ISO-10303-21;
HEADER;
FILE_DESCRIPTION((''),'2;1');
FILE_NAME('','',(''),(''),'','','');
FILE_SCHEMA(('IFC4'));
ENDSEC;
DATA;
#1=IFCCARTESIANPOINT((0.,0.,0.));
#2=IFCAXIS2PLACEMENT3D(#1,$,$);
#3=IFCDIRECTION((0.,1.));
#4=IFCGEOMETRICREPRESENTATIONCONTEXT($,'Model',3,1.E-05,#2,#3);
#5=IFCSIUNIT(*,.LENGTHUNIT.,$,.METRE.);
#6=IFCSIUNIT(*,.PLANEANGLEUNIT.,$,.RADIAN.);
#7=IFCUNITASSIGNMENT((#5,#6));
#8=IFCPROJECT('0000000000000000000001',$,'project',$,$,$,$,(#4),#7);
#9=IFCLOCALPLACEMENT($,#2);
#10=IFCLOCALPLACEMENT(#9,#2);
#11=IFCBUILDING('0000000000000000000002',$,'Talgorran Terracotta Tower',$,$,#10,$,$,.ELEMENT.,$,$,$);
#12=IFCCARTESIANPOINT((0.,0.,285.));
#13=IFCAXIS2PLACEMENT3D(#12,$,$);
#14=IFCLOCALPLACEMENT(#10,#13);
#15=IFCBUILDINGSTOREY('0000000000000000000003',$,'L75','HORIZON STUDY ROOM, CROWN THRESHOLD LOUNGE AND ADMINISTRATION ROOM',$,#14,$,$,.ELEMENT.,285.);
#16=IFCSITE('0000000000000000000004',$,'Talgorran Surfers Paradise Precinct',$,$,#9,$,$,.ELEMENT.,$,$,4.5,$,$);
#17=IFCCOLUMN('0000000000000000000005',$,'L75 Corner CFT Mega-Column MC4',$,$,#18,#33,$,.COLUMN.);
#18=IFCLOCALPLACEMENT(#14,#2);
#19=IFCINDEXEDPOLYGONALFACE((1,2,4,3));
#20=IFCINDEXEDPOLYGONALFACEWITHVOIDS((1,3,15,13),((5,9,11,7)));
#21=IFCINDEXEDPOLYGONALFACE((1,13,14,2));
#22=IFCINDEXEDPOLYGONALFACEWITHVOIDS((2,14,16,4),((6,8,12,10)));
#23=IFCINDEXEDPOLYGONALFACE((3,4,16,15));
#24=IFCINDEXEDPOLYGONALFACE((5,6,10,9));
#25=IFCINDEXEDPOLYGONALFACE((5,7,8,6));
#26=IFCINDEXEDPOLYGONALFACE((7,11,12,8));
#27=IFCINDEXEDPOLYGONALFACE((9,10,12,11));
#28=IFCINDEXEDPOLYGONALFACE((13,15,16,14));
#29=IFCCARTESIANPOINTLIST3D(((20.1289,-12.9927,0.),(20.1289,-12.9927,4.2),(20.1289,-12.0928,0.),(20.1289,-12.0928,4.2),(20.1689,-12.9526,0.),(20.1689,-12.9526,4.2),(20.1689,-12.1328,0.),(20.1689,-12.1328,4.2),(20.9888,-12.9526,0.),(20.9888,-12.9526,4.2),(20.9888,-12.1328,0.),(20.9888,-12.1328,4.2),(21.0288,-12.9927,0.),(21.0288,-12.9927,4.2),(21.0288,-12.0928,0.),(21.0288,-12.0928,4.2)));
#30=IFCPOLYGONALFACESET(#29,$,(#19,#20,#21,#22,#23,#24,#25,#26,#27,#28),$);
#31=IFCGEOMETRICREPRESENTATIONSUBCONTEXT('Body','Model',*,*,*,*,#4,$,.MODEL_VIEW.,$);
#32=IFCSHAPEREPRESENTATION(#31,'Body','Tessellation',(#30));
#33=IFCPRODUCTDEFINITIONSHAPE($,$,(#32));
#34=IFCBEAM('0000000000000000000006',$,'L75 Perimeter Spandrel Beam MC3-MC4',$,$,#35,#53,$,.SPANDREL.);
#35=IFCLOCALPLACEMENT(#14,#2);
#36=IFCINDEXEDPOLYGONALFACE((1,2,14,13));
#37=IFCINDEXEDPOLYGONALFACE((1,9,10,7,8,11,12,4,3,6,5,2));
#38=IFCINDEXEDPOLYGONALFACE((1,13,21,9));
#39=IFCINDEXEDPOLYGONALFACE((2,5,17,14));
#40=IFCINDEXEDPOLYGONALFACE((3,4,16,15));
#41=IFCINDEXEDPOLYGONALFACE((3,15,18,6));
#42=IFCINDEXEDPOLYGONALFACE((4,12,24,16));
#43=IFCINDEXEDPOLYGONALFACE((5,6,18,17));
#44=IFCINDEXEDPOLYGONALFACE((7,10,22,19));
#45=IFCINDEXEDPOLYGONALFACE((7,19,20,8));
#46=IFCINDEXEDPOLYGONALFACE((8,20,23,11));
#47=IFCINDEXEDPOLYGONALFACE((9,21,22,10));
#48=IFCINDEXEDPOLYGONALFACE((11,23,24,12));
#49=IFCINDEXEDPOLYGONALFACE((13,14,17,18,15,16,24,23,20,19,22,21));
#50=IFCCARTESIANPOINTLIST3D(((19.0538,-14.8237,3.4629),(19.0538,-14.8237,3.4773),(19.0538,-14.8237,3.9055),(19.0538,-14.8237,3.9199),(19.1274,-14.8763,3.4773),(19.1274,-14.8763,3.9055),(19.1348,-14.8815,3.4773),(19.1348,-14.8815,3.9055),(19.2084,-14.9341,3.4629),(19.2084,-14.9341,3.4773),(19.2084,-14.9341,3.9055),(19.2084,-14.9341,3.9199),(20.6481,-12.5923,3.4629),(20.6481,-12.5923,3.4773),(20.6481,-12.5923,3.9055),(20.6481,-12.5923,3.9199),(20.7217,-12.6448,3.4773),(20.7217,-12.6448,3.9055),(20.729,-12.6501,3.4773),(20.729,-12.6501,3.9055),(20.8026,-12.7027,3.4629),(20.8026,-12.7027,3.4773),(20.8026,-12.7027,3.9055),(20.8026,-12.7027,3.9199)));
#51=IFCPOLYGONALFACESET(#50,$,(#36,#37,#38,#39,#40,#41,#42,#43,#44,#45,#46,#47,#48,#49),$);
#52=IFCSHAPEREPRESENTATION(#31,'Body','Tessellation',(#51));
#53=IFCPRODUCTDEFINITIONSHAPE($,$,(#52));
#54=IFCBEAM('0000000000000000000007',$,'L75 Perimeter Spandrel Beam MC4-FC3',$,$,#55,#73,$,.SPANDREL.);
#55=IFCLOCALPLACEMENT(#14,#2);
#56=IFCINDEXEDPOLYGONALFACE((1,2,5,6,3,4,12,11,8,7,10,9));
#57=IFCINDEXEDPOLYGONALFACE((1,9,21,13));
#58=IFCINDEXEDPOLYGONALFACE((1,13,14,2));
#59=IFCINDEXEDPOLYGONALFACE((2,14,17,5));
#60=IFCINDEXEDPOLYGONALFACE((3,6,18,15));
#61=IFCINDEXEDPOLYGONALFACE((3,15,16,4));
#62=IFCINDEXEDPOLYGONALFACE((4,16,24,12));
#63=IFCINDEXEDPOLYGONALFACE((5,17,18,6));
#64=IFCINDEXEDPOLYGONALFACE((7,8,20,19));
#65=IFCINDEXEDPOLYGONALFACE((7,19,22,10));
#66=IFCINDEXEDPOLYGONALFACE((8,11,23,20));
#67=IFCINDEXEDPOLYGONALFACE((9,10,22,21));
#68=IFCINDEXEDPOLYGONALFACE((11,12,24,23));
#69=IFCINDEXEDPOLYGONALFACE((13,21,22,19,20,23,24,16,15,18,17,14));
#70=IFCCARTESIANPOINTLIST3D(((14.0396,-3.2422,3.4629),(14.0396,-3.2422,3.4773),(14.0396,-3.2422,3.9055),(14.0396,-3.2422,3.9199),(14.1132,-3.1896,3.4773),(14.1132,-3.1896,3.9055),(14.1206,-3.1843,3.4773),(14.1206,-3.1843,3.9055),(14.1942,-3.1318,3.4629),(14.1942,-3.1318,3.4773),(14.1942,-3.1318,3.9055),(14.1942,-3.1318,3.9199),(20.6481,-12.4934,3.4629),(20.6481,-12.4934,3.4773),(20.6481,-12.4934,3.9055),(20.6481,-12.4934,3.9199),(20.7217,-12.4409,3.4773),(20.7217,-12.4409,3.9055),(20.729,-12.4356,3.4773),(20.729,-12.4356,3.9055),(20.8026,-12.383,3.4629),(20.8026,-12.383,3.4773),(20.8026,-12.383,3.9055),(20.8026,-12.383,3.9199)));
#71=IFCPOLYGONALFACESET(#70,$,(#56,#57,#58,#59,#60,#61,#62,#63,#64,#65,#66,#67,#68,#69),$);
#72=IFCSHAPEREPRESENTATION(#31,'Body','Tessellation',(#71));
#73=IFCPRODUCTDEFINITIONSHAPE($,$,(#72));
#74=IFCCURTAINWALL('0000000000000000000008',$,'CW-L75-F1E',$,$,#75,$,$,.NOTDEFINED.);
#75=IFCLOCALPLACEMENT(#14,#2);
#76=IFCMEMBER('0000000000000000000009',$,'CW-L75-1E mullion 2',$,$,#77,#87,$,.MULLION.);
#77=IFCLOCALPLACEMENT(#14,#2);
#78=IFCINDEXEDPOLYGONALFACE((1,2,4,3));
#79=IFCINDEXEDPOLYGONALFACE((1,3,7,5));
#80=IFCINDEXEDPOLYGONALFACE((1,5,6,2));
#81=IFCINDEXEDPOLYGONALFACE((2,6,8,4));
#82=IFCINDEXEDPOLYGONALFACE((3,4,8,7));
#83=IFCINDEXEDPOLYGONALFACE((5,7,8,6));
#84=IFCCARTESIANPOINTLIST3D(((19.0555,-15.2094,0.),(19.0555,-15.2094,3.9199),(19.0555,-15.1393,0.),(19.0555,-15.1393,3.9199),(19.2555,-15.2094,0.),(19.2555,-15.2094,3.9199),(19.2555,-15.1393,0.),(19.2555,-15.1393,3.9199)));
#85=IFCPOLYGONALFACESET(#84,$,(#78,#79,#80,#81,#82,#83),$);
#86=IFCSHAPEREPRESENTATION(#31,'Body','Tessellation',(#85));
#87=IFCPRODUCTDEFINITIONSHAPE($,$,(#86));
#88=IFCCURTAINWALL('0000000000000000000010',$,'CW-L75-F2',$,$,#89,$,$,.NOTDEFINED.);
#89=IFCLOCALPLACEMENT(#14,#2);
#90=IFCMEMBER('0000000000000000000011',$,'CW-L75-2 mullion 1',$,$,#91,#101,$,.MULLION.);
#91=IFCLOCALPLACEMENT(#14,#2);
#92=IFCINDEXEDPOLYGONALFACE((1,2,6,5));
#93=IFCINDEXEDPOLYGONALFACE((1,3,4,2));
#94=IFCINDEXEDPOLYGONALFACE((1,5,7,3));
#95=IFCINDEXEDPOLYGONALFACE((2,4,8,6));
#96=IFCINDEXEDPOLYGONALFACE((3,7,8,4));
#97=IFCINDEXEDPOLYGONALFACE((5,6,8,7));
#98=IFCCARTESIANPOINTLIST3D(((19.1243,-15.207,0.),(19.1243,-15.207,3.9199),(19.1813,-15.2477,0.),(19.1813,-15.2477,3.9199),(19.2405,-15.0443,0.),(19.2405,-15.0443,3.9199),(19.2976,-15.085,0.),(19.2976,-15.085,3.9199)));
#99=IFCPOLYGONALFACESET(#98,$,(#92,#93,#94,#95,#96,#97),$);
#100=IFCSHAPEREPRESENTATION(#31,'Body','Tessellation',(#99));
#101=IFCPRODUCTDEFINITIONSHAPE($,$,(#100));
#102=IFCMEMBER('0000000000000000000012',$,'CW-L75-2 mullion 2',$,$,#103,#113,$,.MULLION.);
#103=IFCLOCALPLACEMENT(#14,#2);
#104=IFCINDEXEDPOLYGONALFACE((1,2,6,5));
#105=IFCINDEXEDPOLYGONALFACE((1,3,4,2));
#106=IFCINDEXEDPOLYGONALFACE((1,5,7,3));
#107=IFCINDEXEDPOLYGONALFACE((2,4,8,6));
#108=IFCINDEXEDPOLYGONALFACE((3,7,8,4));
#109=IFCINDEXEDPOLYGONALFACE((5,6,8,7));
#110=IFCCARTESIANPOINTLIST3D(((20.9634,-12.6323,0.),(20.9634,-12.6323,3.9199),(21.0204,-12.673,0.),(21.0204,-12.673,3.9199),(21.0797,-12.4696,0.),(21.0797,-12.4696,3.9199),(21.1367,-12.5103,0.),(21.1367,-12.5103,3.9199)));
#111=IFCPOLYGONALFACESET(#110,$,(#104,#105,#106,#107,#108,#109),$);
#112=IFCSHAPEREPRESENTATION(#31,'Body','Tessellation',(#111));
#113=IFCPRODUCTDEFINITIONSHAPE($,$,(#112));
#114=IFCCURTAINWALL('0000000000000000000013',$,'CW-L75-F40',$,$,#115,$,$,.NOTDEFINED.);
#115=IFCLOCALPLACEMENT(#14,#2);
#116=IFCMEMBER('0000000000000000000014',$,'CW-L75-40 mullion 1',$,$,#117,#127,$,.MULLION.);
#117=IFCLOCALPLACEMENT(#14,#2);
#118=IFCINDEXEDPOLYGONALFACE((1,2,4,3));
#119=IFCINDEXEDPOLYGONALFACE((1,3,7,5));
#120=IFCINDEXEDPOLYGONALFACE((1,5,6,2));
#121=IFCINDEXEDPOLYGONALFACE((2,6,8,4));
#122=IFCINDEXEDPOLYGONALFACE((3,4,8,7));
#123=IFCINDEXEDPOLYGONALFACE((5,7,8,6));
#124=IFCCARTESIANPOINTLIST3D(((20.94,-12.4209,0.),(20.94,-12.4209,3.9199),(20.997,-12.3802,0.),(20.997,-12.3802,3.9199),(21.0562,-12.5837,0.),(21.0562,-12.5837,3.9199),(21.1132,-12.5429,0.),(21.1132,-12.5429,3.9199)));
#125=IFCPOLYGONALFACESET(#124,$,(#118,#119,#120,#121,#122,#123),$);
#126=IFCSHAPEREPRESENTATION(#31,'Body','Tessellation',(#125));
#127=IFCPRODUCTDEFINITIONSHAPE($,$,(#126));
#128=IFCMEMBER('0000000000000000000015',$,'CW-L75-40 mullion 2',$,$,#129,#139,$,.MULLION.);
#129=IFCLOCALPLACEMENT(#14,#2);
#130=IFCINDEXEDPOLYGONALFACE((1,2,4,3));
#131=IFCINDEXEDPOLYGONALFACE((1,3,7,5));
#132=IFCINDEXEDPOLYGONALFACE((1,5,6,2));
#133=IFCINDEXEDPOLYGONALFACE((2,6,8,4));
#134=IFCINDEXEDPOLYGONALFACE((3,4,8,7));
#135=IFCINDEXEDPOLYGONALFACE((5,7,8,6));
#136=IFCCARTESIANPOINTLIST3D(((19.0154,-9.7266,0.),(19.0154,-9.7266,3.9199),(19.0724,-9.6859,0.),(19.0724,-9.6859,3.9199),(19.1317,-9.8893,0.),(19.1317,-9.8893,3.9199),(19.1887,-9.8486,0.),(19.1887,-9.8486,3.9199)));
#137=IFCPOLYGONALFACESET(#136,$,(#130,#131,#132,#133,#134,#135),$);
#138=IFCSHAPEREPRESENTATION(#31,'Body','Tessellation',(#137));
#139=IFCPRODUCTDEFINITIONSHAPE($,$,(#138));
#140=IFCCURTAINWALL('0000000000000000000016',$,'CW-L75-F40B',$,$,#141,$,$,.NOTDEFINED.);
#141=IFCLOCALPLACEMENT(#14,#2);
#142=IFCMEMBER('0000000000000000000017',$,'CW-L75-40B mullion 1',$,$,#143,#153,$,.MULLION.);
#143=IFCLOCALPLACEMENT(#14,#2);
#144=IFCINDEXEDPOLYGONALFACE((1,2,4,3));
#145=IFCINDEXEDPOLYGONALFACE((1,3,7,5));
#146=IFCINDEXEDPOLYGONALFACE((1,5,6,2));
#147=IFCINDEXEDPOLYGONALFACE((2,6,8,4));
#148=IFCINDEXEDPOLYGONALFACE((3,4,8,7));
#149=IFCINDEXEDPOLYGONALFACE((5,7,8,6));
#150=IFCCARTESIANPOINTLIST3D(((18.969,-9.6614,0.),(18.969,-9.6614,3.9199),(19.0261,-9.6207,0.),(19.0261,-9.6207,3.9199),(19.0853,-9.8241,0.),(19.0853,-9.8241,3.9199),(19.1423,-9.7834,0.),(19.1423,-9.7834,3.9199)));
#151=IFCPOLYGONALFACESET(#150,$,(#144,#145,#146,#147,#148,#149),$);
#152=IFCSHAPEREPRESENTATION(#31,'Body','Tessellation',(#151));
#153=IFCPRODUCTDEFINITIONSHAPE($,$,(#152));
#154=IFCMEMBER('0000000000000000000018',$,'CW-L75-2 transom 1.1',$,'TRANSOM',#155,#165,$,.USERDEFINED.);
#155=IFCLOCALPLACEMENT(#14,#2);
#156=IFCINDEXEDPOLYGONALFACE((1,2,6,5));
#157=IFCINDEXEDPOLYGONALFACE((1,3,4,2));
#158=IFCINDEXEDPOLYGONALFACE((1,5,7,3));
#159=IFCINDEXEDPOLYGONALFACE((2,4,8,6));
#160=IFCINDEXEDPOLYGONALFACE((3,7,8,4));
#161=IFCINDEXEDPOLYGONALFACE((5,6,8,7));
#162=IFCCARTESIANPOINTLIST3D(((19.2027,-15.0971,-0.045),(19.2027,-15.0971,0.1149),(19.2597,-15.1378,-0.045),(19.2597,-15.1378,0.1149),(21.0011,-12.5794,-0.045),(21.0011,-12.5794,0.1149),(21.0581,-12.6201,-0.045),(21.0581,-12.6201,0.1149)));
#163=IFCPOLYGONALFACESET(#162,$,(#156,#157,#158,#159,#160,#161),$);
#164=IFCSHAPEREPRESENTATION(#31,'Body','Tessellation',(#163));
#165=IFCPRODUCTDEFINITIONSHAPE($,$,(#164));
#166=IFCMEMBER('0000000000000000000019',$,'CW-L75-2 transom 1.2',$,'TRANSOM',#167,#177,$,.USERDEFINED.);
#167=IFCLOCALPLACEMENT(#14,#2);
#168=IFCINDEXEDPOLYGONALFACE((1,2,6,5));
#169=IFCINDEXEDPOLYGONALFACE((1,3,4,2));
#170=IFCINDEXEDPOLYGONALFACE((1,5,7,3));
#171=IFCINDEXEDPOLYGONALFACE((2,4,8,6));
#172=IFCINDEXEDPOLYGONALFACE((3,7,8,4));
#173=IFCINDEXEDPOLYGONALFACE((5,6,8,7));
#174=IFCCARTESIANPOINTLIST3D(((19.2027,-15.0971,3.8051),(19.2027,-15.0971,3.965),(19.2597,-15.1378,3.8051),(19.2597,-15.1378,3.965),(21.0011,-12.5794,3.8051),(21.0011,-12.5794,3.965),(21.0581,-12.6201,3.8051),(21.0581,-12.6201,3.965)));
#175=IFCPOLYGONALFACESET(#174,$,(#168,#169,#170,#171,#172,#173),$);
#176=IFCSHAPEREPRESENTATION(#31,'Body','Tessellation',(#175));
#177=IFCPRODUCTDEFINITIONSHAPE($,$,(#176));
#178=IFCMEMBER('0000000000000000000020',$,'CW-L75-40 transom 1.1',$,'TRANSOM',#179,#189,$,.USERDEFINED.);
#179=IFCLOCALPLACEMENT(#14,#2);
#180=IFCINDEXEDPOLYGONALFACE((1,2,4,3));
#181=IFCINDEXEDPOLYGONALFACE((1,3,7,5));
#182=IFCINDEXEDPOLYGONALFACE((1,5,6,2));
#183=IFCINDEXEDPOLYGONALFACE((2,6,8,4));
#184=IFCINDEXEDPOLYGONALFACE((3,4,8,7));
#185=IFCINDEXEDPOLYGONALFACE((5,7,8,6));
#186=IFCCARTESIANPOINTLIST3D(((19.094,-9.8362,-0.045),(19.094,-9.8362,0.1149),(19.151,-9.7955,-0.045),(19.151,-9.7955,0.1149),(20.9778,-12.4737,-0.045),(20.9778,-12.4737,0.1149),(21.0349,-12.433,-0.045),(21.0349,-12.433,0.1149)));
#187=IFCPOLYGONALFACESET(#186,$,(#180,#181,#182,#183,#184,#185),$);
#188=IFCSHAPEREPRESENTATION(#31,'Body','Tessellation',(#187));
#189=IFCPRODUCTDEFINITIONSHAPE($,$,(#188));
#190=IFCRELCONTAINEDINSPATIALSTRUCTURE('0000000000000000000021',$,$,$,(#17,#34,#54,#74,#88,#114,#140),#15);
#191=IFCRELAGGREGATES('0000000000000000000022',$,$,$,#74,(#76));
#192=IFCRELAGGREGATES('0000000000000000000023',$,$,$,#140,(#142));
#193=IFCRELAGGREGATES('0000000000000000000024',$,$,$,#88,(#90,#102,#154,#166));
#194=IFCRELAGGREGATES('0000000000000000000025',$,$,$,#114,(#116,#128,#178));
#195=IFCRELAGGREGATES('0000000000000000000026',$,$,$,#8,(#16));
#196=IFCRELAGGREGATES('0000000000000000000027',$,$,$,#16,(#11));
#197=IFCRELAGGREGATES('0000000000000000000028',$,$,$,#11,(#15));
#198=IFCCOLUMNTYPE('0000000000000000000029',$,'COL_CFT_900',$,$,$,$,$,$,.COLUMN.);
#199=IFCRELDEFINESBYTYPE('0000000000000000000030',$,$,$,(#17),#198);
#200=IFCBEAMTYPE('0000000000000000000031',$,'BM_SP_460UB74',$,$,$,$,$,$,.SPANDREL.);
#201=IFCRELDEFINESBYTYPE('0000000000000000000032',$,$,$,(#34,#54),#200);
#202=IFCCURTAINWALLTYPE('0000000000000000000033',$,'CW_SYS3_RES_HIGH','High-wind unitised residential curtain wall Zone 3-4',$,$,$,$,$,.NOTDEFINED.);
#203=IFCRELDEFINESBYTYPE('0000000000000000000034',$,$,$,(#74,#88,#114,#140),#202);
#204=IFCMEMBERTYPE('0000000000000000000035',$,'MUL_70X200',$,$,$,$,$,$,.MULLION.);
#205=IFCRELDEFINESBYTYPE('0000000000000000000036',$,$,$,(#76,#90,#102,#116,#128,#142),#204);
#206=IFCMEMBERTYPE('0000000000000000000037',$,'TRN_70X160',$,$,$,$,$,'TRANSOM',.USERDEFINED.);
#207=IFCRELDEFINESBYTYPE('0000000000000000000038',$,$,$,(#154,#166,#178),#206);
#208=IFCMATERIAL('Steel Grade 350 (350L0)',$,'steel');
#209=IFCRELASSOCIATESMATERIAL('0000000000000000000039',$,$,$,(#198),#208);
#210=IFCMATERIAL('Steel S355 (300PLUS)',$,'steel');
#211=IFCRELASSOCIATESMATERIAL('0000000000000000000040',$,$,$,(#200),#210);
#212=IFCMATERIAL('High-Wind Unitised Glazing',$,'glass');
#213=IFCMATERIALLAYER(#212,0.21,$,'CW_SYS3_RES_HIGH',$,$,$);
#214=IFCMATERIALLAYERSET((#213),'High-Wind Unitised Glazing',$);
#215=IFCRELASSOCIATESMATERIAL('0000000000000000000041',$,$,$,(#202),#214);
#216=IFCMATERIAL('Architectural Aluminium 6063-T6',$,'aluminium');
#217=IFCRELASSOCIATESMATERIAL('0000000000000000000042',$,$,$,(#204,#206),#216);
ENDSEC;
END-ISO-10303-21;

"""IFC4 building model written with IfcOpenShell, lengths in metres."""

from ifc_helpers import new_model, si_unit, direction, frame, origin, origin_2d, place, context, subcontext, project, spatial, rectangle, hollow_rectangle, i_section, extrude, material, layer, layer_set, material_profile, profile_set, type_object, element, aggregate, save


model = new_model("IFC4")

# Units and contexts
model_context = context("Model", 3, precision=1e-05, world=origin(), true_north=direction((0.0, 1.0)))
body_context = subcontext(model_context, "Body", "Model", "MODEL_VIEW")
ifc_project = project(units=[si_unit("LENGTHUNIT", "METRE"), si_unit("PLANEANGLEUNIT", "RADIAN")], contexts=[model_context])

# Site, building, storey
site_placement = place(None, origin())
site = spatial("IfcSite", under=ifc_project, at=site_placement, Name="Talgorran Surfers Paradise Precinct", CompositionType="ELEMENT", RefElevation=4.5)
building_placement = place(site_placement, origin())
building = spatial("IfcBuilding", under=site, at=building_placement, Name="Talgorran Terracotta Tower", CompositionType="ELEMENT")
storey_placement = place(building_placement, frame((0.0, 0.0, 285.0)))
storey = spatial("IfcBuildingStorey", under=building, at=storey_placement, Name="L75", Description="HORIZON STUDY ROOM, CROWN THRESHOLD LOUNGE AND ADMINISTRATION ROOM", CompositionType="ELEMENT", Elevation=285.0)

# Column
ifc_material_1 = material(Name="Steel Grade 350 (350L0)", Category="steel")
ifc_material_profile_1 = material_profile(ifc_material_1, hollow_rectangle(XDim=0.8999, YDim=0.8999, WallThickness=0.04, at=origin_2d()), Name="CFT900X900X40")
ifc_profile_set_1 = profile_set([ifc_material_profile_1], Name="Steel Grade 350 (350L0)")
column_type = type_object("IfcColumnType", Name="COL_CFT_900", PredefinedType="COLUMN", material=ifc_profile_set_1)
column_placement = place(storey_placement, frame((20.5789, -12.5427, 0.0), z_axis=(0.0, 0.0, 1.0), x_axis=(1.0, 0.0, 0.0)))
element("IfcColumn", 1, at=column_placement, inside=storey, type_object=column_type, Name="L75 Corner CFT Mega-Column MC4", PredefinedType="COLUMN", context=body_context, shape_type="SweptSolid", body=[
    extrude(hollow_rectangle(XDim=0.8999, YDim=0.8999, WallThickness=0.04, at=origin_2d()), origin(), (0.0, 0.0, 1.0), 4.2),
])

# Beams
ifc_material_2 = material(Name="Steel S355 (300PLUS)", Category="steel")
ifc_material_profile_2 = material_profile(ifc_material_2, i_section(OverallWidth=0.1899, OverallDepth=0.457, WebThickness=0.009, FlangeThickness=0.0144, at=origin_2d()), Name="460UB74.6")
ifc_profile_set_2 = profile_set([ifc_material_profile_2], Name="Steel S355 (300PLUS)")
beam_type = type_object("IfcBeamType", Name="BM_SP_460UB74", PredefinedType="SPANDREL", material=ifc_profile_set_2)
beam_1_placement = place(storey_placement, frame((19.1311, -14.8789, 3.6914), z_axis=(0.581322, 0.813673, 0.0), x_axis=(-0.813673, 0.581322, 0.0)))
element("IfcBeam", 2, at=beam_1_placement, inside=storey, type_object=beam_type, Name="L75 Perimeter Spandrel Beam MC3-MC4", PredefinedType="SPANDREL", context=body_context, shape_type="SweptSolid", body=[
    extrude(i_section(OverallWidth=0.1899, OverallDepth=0.457, WebThickness=0.009, FlangeThickness=0.0144, at=origin_2d()), origin(), (0.0, 0.0, 1.0), 2.7424),
])
beam_2_placement = place(storey_placement, frame((20.7253, -12.4382, 3.6914), z_axis=(-0.581261, 0.813718, 0.0), x_axis=(-0.813718, -0.581261, 0.0)))
element("IfcBeam", 3, at=beam_2_placement, inside=storey, type_object=beam_type, Name="L75 Perimeter Spandrel Beam MC4-FC3", PredefinedType="SPANDREL", context=body_context, shape_type="SweptSolid", body=[
    extrude(i_section(OverallWidth=0.1899, OverallDepth=0.457, WebThickness=0.009, FlangeThickness=0.0144, at=origin_2d()), origin(), (0.0, 0.0, 1.0), 11.3691),
])

# Curtain wall, member
ifc_material_3 = material(Name="High-Wind Unitised Glazing", Category="glass")
ifc_layer_1 = layer(ifc_material_3, 0.21, Name="CW_SYS3_RES_HIGH")
ifc_layer_set_1 = layer_set([ifc_layer_1], Name="High-Wind Unitised Glazing")
curtain_wall_type = type_object("IfcCurtainWallType", Name="CW_SYS3_RES_HIGH", Description="High-wind unitised residential curtain wall Zone 3-4", PredefinedType="NOTDEFINED", material=ifc_layer_set_1)
curtain_wall_1_placement = place(storey_placement, origin())
curtain_wall_1 = element("IfcCurtainWall", 4, at=curtain_wall_1_placement, inside=storey, type_object=curtain_wall_type, Name="CW-L75-F1E", PredefinedType="NOTDEFINED")
ifc_material_4 = material(Name="Architectural Aluminium 6063-T6", Category="aluminium")
ifc_material_profile_3 = material_profile(ifc_material_4, rectangle(XDim=0.0701, YDim=0.2, at=origin_2d()), Name="CWM70X200")
ifc_profile_set_3 = profile_set([ifc_material_profile_3], Name="Architectural Aluminium 6063-T6")
member_type_1 = type_object("IfcMemberType", Name="MUL_70X200", PredefinedType="MULLION", material=ifc_profile_set_3)
member_1_placement = place(storey_placement, frame((19.1555, -15.1743, 0.0), z_axis=(0.0, 0.0, 1.0), x_axis=(0.0, 1.0, 0.0)))
member_1 = element("IfcMember", 5, at=member_1_placement, type_object=member_type_1, Name="CW-L75-1E mullion 2", PredefinedType="MULLION", context=body_context, shape_type="SweptSolid", body=[
    extrude(rectangle(XDim=0.0701, YDim=0.2, at=origin_2d()), origin(), (0.0, 0.0, 1.0), 3.9199),
])
aggregate(curtain_wall_1, [member_1])

# Curtain walls, members
curtain_wall_2_placement = place(storey_placement, origin())
curtain_wall_2 = element("IfcCurtainWall", 6, at=curtain_wall_2_placement, inside=storey, type_object=curtain_wall_type, Name="CW-L75-F2", PredefinedType="NOTDEFINED")
member_2_placement = place(storey_placement, frame((19.2109, -15.146, 0.0), z_axis=(0.0, 0.0, 1.0), x_axis=(-0.813721, 0.581256, 0.0)))
member_2 = element("IfcMember", 7, at=member_2_placement, type_object=member_type_1, Name="CW-L75-2 mullion 1", PredefinedType="MULLION", context=body_context, shape_type="SweptSolid", body=[
    extrude(rectangle(XDim=0.0701, YDim=0.2, at=origin_2d()), origin(), (0.0, 0.0, 1.0), 3.9199),
])
member_3_placement = place(storey_placement, frame((21.05, -12.5713, 0.0), z_axis=(0.0, 0.0, 1.0), x_axis=(-0.813721, 0.581256, 0.0)))
member_3 = element("IfcMember", 8, at=member_3_placement, type_object=member_type_1, Name="CW-L75-2 mullion 2", PredefinedType="MULLION", context=body_context, shape_type="SweptSolid", body=[
    extrude(rectangle(XDim=0.0701, YDim=0.2, at=origin_2d()), origin(), (0.0, 0.0, 1.0), 3.9199),
])
curtain_wall_3_placement = place(storey_placement, origin())
curtain_wall_3 = element("IfcCurtainWall", 9, at=curtain_wall_3_placement, inside=storey, type_object=curtain_wall_type, Name="CW-L75-F40", PredefinedType="NOTDEFINED")
member_4_placement = place(storey_placement, frame((21.0266, -12.4819, 0.0), z_axis=(0.0, 0.0, 1.0), x_axis=(-0.813735, -0.581235, 0.0)))
member_4 = element("IfcMember", 10, at=member_4_placement, type_object=member_type_1, Name="CW-L75-40 mullion 1", PredefinedType="MULLION", context=body_context, shape_type="SweptSolid", body=[
    extrude(rectangle(XDim=0.0701, YDim=0.2, at=origin_2d()), origin(), (0.0, 0.0, 1.0), 3.9199),
])
member_5_placement = place(storey_placement, frame((19.1021, -9.7876, 0.0), z_axis=(0.0, 0.0, 1.0), x_axis=(-0.813735, -0.581235, 0.0)))
member_5 = element("IfcMember", 11, at=member_5_placement, type_object=member_type_1, Name="CW-L75-40 mullion 2", PredefinedType="MULLION", context=body_context, shape_type="SweptSolid", body=[
    extrude(rectangle(XDim=0.0701, YDim=0.2, at=origin_2d()), origin(), (0.0, 0.0, 1.0), 3.9199),
])

# Curtain wall, member
curtain_wall_4_placement = place(storey_placement, origin())
curtain_wall_4 = element("IfcCurtainWall", 12, at=curtain_wall_4_placement, inside=storey, type_object=curtain_wall_type, Name="CW-L75-F40B", PredefinedType="NOTDEFINED")
member_6_placement = place(storey_placement, frame((19.0557, -9.7224, 0.0), z_axis=(0.0, 0.0, 1.0), x_axis=(-0.813736, -0.581235, 0.0)))
member_6 = element("IfcMember", 13, at=member_6_placement, type_object=member_type_1, Name="CW-L75-40B mullion 1", PredefinedType="MULLION", context=body_context, shape_type="SweptSolid", body=[
    extrude(rectangle(XDim=0.0701, YDim=0.2, at=origin_2d()), origin(), (0.0, 0.0, 1.0), 3.9199),
])
aggregate(curtain_wall_4, [member_6])

# Members
ifc_material_profile_4 = material_profile(ifc_material_4, rectangle(XDim=0.0701, YDim=0.1599, at=origin_2d()), Name="CWT70X160")
ifc_profile_set_4 = profile_set([ifc_material_profile_4], Name="Architectural Aluminium 6063-T6")
member_type_2 = type_object("IfcMemberType", Name="TRN_70X160", ElementType="TRANSOM", PredefinedType="USERDEFINED", material=ifc_profile_set_4)
member_7_placement = place(storey_placement, frame((19.2312, -15.1174, 0.0349), z_axis=(0.581253, 0.813723, 0.0), x_axis=(-0.813723, 0.581253, 0.0)))
member_7 = element("IfcMember", 14, at=member_7_placement, type_object=member_type_2, Name="CW-L75-2 transom 1.1", ObjectType="TRANSOM", PredefinedType="USERDEFINED", context=body_context, shape_type="SweptSolid", body=[
    extrude(rectangle(XDim=0.0701, YDim=0.1599, at=origin_2d()), origin(), (0.0, 0.0, 1.0), 3.094),
])
member_8_placement = place(storey_placement, frame((19.2312, -15.1174, 3.885), z_axis=(0.581253, 0.813723, 0.0), x_axis=(-0.813723, 0.581253, 0.0)))
member_8 = element("IfcMember", 15, at=member_8_placement, type_object=member_type_2, Name="CW-L75-2 transom 1.2", ObjectType="TRANSOM", PredefinedType="USERDEFINED", context=body_context, shape_type="SweptSolid", body=[
    extrude(rectangle(XDim=0.0701, YDim=0.1599, at=origin_2d()), origin(), (0.0, 0.0, 1.0), 3.094),
])
member_9_placement = place(storey_placement, frame((21.0063, -12.4534, 0.0349), z_axis=(-0.581217, 0.813749, 0.0), x_axis=(-0.813749, -0.581217, 0.0)))
member_9 = element("IfcMember", 16, at=member_9_placement, type_object=member_type_2, Name="CW-L75-40 transom 1.1", ObjectType="TRANSOM", PredefinedType="USERDEFINED", context=body_context, shape_type="SweptSolid", body=[
    extrude(rectangle(XDim=0.0701, YDim=0.1599, at=origin_2d()), origin(), (0.0, 0.0, 1.0), 3.2412),
])

aggregate(curtain_wall_2, [member_2, member_3, member_7, member_8])
aggregate(curtain_wall_3, [member_4, member_5, member_9])

save(model, "model.ifc")
